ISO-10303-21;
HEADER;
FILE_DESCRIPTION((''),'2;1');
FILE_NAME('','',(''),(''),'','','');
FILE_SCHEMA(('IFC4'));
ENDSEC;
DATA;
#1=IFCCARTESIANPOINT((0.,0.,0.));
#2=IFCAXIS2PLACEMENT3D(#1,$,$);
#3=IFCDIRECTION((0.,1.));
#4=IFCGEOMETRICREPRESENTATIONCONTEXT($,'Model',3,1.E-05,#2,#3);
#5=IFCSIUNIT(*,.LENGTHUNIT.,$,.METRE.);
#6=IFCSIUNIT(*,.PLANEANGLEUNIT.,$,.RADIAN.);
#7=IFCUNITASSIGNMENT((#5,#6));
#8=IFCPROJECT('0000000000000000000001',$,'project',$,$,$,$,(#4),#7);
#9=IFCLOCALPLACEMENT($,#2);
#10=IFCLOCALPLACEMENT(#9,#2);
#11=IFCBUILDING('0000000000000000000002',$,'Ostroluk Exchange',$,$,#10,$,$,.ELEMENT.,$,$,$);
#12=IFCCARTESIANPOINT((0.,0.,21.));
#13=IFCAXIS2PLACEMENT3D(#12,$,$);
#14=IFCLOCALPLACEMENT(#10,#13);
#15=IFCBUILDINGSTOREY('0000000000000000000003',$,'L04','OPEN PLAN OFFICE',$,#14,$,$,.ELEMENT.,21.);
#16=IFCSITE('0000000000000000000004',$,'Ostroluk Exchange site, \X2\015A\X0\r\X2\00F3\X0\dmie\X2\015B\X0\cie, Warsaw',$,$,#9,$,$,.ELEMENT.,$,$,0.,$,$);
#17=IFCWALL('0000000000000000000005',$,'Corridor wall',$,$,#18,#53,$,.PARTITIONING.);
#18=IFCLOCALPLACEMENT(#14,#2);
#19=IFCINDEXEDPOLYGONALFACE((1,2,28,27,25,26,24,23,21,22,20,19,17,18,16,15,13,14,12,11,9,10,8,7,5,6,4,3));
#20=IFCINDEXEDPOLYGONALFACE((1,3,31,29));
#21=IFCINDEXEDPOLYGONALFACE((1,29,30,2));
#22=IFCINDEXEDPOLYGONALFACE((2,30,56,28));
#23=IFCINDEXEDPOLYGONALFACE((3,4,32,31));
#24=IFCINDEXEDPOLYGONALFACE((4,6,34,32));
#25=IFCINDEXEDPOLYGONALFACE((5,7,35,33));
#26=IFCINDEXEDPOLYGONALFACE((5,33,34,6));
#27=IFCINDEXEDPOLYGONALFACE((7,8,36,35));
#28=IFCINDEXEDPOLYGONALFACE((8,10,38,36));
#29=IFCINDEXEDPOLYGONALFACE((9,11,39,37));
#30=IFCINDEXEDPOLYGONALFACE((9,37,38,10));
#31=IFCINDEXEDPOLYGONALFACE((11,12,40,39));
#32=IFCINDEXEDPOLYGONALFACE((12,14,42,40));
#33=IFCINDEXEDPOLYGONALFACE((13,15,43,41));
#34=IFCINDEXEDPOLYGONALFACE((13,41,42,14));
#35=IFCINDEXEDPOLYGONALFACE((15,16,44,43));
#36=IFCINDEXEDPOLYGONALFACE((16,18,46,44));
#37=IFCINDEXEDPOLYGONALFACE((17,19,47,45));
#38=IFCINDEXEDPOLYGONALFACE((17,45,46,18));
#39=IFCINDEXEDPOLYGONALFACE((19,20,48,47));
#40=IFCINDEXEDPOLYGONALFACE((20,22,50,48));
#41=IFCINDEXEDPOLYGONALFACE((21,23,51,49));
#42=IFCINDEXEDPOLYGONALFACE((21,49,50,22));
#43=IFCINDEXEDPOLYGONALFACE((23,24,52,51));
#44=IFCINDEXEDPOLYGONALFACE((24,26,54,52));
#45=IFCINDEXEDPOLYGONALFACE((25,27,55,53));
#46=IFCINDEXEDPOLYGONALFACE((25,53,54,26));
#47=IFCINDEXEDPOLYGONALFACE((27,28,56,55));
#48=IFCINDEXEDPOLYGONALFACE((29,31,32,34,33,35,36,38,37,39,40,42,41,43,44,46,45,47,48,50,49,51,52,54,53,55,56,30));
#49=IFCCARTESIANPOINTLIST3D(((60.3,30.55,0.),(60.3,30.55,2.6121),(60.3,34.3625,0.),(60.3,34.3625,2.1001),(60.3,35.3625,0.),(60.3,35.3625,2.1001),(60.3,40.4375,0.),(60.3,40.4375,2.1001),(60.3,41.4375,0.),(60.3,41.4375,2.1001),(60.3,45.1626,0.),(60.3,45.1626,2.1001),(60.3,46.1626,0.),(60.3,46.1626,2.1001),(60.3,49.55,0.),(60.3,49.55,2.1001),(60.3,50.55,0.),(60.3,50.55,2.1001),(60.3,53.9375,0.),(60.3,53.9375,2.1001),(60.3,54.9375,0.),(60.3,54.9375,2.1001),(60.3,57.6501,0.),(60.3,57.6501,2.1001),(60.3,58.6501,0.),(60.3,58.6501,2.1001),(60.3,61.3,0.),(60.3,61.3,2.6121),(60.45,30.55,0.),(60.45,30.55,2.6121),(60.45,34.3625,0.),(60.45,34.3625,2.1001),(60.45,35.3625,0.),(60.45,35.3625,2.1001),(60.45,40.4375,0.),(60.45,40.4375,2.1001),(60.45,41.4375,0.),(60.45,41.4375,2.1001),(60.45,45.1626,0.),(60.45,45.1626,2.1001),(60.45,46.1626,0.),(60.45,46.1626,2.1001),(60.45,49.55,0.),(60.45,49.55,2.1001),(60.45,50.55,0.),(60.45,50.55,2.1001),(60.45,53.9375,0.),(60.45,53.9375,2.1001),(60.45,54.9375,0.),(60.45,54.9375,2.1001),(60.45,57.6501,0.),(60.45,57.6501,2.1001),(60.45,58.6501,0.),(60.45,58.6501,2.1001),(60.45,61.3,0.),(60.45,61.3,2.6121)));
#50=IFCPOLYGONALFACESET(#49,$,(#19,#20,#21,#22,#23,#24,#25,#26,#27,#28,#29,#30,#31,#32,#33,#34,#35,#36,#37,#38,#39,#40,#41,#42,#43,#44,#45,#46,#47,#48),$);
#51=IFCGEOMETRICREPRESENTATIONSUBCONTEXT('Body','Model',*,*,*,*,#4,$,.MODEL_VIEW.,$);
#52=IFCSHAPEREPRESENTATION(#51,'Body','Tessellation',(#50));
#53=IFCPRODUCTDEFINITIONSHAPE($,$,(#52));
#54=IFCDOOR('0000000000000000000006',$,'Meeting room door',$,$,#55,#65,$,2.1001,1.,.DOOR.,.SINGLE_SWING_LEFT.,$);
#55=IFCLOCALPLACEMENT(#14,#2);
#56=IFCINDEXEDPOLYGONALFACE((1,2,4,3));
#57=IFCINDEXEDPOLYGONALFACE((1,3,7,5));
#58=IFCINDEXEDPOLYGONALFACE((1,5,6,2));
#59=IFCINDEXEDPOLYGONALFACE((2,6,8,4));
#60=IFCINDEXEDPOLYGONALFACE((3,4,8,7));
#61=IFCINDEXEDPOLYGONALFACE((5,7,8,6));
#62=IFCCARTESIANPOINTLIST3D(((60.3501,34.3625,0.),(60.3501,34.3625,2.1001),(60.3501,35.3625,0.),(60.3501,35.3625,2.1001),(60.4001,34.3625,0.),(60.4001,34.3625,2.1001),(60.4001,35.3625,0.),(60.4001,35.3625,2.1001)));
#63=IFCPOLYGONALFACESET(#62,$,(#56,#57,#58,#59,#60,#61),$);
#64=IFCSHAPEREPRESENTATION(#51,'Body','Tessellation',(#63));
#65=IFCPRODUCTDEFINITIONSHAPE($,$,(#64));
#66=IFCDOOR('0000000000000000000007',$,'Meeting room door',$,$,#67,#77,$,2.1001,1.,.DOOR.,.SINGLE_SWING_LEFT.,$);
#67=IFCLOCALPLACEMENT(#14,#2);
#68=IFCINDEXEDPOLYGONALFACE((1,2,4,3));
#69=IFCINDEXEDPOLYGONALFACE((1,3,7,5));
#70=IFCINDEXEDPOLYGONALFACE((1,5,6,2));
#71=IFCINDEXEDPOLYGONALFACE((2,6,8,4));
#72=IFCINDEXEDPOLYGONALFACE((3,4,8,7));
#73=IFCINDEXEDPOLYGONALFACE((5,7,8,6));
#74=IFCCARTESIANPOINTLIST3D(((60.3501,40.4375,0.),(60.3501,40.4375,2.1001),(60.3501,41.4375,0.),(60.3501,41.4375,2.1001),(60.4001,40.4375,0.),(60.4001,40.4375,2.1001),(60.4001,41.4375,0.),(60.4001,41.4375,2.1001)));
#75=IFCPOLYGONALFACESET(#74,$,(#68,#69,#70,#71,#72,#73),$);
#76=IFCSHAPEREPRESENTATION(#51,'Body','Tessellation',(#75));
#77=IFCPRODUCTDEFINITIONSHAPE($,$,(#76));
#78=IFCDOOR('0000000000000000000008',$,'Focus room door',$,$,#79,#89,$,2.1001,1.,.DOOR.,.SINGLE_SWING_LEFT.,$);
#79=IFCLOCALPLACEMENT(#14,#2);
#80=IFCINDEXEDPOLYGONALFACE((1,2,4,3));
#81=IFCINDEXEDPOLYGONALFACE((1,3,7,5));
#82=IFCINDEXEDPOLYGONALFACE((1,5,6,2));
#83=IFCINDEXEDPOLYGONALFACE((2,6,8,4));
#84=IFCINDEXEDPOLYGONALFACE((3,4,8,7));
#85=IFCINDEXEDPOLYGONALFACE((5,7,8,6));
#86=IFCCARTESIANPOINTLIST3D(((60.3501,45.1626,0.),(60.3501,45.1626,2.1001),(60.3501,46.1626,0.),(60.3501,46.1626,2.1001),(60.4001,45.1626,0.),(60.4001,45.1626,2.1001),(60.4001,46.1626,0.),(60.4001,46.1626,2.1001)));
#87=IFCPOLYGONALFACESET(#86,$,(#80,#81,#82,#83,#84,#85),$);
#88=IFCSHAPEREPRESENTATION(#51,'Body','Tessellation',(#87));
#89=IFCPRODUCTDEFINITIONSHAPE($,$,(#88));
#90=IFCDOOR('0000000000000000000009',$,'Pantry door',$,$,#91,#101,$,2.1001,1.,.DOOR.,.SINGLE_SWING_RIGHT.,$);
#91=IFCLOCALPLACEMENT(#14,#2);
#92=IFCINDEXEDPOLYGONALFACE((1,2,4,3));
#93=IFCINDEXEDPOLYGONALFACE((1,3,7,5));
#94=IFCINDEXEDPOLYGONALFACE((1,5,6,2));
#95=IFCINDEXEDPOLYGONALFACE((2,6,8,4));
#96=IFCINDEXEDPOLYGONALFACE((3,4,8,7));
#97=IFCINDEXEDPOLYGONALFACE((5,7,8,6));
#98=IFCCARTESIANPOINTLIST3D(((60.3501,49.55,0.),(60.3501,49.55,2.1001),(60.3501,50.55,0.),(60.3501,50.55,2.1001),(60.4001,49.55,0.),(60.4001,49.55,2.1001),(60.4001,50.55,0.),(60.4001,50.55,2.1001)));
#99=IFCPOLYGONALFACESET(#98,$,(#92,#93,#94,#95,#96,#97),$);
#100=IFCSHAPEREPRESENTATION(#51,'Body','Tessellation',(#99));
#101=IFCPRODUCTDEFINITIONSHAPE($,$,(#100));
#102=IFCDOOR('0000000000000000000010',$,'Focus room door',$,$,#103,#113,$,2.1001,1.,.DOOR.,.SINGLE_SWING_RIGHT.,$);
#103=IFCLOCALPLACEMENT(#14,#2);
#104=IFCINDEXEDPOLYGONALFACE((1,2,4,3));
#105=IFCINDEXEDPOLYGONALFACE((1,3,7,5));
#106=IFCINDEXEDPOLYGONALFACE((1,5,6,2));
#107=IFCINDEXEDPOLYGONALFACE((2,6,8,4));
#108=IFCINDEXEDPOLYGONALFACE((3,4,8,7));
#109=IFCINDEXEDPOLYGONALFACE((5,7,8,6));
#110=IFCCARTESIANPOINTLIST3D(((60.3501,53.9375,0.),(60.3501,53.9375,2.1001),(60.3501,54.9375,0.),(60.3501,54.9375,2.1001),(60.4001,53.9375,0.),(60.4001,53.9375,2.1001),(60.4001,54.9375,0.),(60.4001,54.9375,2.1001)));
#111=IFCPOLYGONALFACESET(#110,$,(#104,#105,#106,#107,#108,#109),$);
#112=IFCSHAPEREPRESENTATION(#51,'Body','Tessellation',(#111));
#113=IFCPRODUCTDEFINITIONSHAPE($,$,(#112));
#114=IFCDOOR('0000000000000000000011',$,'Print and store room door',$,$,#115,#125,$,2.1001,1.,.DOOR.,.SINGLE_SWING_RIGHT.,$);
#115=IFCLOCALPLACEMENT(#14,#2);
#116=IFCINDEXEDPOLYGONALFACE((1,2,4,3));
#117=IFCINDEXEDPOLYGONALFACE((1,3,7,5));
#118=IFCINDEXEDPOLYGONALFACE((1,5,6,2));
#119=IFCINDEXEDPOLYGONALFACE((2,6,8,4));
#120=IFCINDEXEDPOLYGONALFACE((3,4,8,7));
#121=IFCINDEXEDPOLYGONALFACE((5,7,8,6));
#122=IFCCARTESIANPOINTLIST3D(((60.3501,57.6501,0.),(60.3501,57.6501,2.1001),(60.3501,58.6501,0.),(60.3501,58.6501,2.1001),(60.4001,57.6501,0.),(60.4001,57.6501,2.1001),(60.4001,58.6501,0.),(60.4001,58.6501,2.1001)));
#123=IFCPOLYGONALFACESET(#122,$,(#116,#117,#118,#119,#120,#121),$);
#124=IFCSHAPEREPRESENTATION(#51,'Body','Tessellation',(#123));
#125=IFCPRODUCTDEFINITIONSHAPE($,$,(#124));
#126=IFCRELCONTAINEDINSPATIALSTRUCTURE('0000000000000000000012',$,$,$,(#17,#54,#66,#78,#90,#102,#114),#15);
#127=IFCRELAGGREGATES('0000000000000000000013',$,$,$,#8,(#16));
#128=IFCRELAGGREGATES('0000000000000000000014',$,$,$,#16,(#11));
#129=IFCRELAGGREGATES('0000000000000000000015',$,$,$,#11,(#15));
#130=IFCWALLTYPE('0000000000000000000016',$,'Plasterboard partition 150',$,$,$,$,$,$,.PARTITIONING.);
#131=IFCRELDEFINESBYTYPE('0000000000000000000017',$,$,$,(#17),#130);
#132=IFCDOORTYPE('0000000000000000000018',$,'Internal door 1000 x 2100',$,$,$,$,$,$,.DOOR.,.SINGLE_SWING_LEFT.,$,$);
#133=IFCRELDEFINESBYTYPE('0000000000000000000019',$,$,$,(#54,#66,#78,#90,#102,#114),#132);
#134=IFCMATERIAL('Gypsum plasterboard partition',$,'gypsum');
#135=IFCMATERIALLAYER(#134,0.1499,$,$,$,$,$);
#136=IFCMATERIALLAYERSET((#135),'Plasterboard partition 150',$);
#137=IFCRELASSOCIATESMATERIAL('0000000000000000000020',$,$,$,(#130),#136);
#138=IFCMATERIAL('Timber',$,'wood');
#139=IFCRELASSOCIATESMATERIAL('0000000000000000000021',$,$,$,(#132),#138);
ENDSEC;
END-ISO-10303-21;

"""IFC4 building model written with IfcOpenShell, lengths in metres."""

from ifc_helpers import new_model, si_unit, direction, frame, frame_2d, origin, place, context, subcontext, project, spatial, rectangle, extrude, material, layer, layer_set, type_object, element, fill, save


model = new_model("IFC4")

# Units and contexts
model_context = context("Model", 3, precision=1e-05, world=origin(), true_north=direction((0.0, 1.0)))
body_context = subcontext(model_context, "Body", "Model", "MODEL_VIEW")
ifc_project = project(units=[si_unit("LENGTHUNIT", "METRE"), si_unit("PLANEANGLEUNIT", "RADIAN")], contexts=[model_context])

# Site, building, storey
site_placement = place(None, origin())
site = spatial("IfcSite", under=ifc_project, at=site_placement, Name="Ostroluk Exchange site, Śródmieście, Warsaw", CompositionType="ELEMENT", RefElevation=0.0)
building_placement = place(site_placement, origin())
building = spatial("IfcBuilding", under=site, at=building_placement, Name="Ostroluk Exchange", CompositionType="ELEMENT")
storey_placement = place(building_placement, frame((0.0, 0.0, 21.0)))
storey = spatial("IfcBuildingStorey", under=building, at=storey_placement, Name="L04", Description="OPEN PLAN OFFICE", CompositionType="ELEMENT", Elevation=21.0)

# Wall, openings, doors
ifc_material_1 = material(Name="Gypsum plasterboard partition", Category="gypsum")
ifc_layer_1 = layer(ifc_material_1, 0.1499)
ifc_layer_set_1 = layer_set([ifc_layer_1], Name="Plasterboard partition 150")
wall_type_1 = type_object("IfcWallType", Name="Plasterboard partition 150", PredefinedType="PARTITIONING", material=ifc_layer_set_1)
wall_1_placement = place(storey_placement, frame((60.375, 30.55, 0.0), z_axis=(0.0, 0.0, 1.0), x_axis=(0.0, 1.0, 0.0)))
wall_1 = element("IfcWall", 1, at=wall_1_placement, inside=storey, type_object=wall_type_1, Name="Corridor wall", PredefinedType="PARTITIONING", context=body_context, shape_type="SweptSolid", body=[
    extrude(rectangle(XDim=30.75, YDim=0.1499, at=frame_2d((15.375, 0.0))), origin(), (0.0, 0.0, 1.0), 2.6121),
])
opening_1_placement = place(wall_1_placement, frame((3.8125, 0.0, 0.0)))
opening_1 = element("IfcOpeningElement", 2, at=opening_1_placement, cuts=wall_1, PredefinedType="OPENING", context=body_context, shape_type="SweptSolid", body=[
    extrude(rectangle(XDim=1.0, YDim=2.1001, at=frame_2d((0.5, 1.05))), frame((0.0, 0.085, 0.0), z_axis=(0.0, -1.0, 0.0), x_axis=(1.0, 0.0, 0.0)), (0.0, 0.0, 1.0), 0.1699),
])
opening_2_placement = place(wall_1_placement, frame((9.8875, 0.0, 0.0)))
opening_2 = element("IfcOpeningElement", 3, at=opening_2_placement, cuts=wall_1, PredefinedType="OPENING", context=body_context, shape_type="SweptSolid", body=[
    extrude(rectangle(XDim=1.0, YDim=2.1001, at=frame_2d((0.5, 1.05))), frame((0.0, 0.085, 0.0), z_axis=(0.0, -1.0, 0.0), x_axis=(1.0, 0.0, 0.0)), (0.0, 0.0, 1.0), 0.1699),
])
opening_3_placement = place(wall_1_placement, frame((14.6125, 0.0, 0.0)))
opening_3 = element("IfcOpeningElement", 4, at=opening_3_placement, cuts=wall_1, PredefinedType="OPENING", context=body_context, shape_type="SweptSolid", body=[
    extrude(rectangle(XDim=1.0, YDim=2.1001, at=frame_2d((0.5, 1.05))), frame((0.0, 0.085, 0.0), z_axis=(0.0, -1.0, 0.0), x_axis=(1.0, 0.0, 0.0)), (0.0, 0.0, 1.0), 0.1699),
])
opening_4_placement = place(wall_1_placement, frame((19.0, 0.0, 0.0)))
opening_4 = element("IfcOpeningElement", 5, at=opening_4_placement, cuts=wall_1, PredefinedType="OPENING", context=body_context, shape_type="SweptSolid", body=[
    extrude(rectangle(XDim=1.0, YDim=2.1001, at=frame_2d((0.5, 1.05))), frame((0.0, 0.085, 0.0), z_axis=(0.0, -1.0, 0.0), x_axis=(1.0, 0.0, 0.0)), (0.0, 0.0, 1.0), 0.1699),
])
opening_5_placement = place(wall_1_placement, frame((23.3875, 0.0, 0.0)))
opening_5 = element("IfcOpeningElement", 6, at=opening_5_placement, cuts=wall_1, PredefinedType="OPENING", context=body_context, shape_type="SweptSolid", body=[
    extrude(rectangle(XDim=1.0, YDim=2.1001, at=frame_2d((0.5, 1.05))), frame((0.0, 0.085, 0.0), z_axis=(0.0, -1.0, 0.0), x_axis=(1.0, 0.0, 0.0)), (0.0, 0.0, 1.0), 0.1699),
])
opening_6_placement = place(wall_1_placement, frame((27.1001, 0.0, 0.0)))
opening_6 = element("IfcOpeningElement", 7, at=opening_6_placement, cuts=wall_1, PredefinedType="OPENING", context=body_context, shape_type="SweptSolid", body=[
    extrude(rectangle(XDim=1.0, YDim=2.1001, at=frame_2d((0.5, 1.05))), frame((0.0, 0.085, 0.0), z_axis=(0.0, -1.0, 0.0), x_axis=(1.0, 0.0, 0.0)), (0.0, 0.0, 1.0), 0.1699),
])
ifc_material_2 = material(Name="Timber", Category="wood")
door_type_1 = type_object("IfcDoorType", Name="Internal door 1000 x 2100", OperationType="SINGLE_SWING_LEFT", PredefinedType="DOOR", material=ifc_material_2)
door_1_placement = place(opening_1_placement, origin())
door_1 = element("IfcDoor", 8, at=door_1_placement, inside=storey, type_object=door_type_1, Name="Meeting room door", OperationType="SINGLE_SWING_LEFT", OverallHeight=2.1001, OverallWidth=1.0, PredefinedType="DOOR", context=body_context, shape_type="SweptSolid", body=[
    extrude(rectangle(XDim=1.0, YDim=2.1001, at=frame_2d((0.5, 1.05))), frame((0.0, 0.0249, 0.0), z_axis=(0.0, -1.0, 0.0), x_axis=(1.0, 0.0, 0.0)), (0.0, 0.0, 1.0), 0.05),
])
fill(opening_1, door_1)
door_2_placement = place(opening_2_placement, origin())
door_2 = element("IfcDoor", 9, at=door_2_placement, inside=storey, type_object=door_type_1, Name="Meeting room door", OperationType="SINGLE_SWING_LEFT", OverallHeight=2.1001, OverallWidth=1.0, PredefinedType="DOOR", context=body_context, shape_type="SweptSolid", body=[
    extrude(rectangle(XDim=1.0, YDim=2.1001, at=frame_2d((0.5, 1.05))), frame((0.0, 0.0249, 0.0), z_axis=(0.0, -1.0, 0.0), x_axis=(1.0, 0.0, 0.0)), (0.0, 0.0, 1.0), 0.05),
])
fill(opening_2, door_2)
door_3_placement = place(opening_3_placement, origin())
door_3 = element("IfcDoor", 10, at=door_3_placement, inside=storey, type_object=door_type_1, Name="Focus room door", OperationType="SINGLE_SWING_LEFT", OverallHeight=2.1001, OverallWidth=1.0, PredefinedType="DOOR", context=body_context, shape_type="SweptSolid", body=[
    extrude(rectangle(XDim=1.0, YDim=2.1001, at=frame_2d((0.5, 1.05))), frame((0.0, 0.0249, 0.0), z_axis=(0.0, -1.0, 0.0), x_axis=(1.0, 0.0, 0.0)), (0.0, 0.0, 1.0), 0.05),
])
fill(opening_3, door_3)
door_4_placement = place(opening_4_placement, origin())
door_4 = element("IfcDoor", 11, at=door_4_placement, inside=storey, type_object=door_type_1, Name="Pantry door", OperationType="SINGLE_SWING_RIGHT", OverallHeight=2.1001, OverallWidth=1.0, PredefinedType="DOOR", context=body_context, shape_type="SweptSolid", body=[
    extrude(rectangle(XDim=1.0, YDim=2.1001, at=frame_2d((0.5, 1.05))), frame((0.0, 0.0249, 0.0), z_axis=(0.0, -1.0, 0.0), x_axis=(1.0, 0.0, 0.0)), (0.0, 0.0, 1.0), 0.05),
])
fill(opening_4, door_4)
door_5_placement = place(opening_5_placement, origin())
door_5 = element("IfcDoor", 12, at=door_5_placement, inside=storey, type_object=door_type_1, Name="Focus room door", OperationType="SINGLE_SWING_RIGHT", OverallHeight=2.1001, OverallWidth=1.0, PredefinedType="DOOR", context=body_context, shape_type="SweptSolid", body=[
    extrude(rectangle(XDim=1.0, YDim=2.1001, at=frame_2d((0.5, 1.05))), frame((0.0, 0.0249, 0.0), z_axis=(0.0, -1.0, 0.0), x_axis=(1.0, 0.0, 0.0)), (0.0, 0.0, 1.0), 0.05),
])
fill(opening_5, door_5)
door_6_placement = place(opening_6_placement, origin())
door_6 = element("IfcDoor", 13, at=door_6_placement, inside=storey, type_object=door_type_1, Name="Print and store room door", OperationType="SINGLE_SWING_RIGHT", OverallHeight=2.1001, OverallWidth=1.0, PredefinedType="DOOR", context=body_context, shape_type="SweptSolid", body=[
    extrude(rectangle(XDim=1.0, YDim=2.1001, at=frame_2d((0.5, 1.05))), frame((0.0, 0.0249, 0.0), z_axis=(0.0, -1.0, 0.0), x_axis=(1.0, 0.0, 0.0)), (0.0, 0.0, 1.0), 0.05),
])
fill(opening_6, door_6)

save(model, "model.ifc")
